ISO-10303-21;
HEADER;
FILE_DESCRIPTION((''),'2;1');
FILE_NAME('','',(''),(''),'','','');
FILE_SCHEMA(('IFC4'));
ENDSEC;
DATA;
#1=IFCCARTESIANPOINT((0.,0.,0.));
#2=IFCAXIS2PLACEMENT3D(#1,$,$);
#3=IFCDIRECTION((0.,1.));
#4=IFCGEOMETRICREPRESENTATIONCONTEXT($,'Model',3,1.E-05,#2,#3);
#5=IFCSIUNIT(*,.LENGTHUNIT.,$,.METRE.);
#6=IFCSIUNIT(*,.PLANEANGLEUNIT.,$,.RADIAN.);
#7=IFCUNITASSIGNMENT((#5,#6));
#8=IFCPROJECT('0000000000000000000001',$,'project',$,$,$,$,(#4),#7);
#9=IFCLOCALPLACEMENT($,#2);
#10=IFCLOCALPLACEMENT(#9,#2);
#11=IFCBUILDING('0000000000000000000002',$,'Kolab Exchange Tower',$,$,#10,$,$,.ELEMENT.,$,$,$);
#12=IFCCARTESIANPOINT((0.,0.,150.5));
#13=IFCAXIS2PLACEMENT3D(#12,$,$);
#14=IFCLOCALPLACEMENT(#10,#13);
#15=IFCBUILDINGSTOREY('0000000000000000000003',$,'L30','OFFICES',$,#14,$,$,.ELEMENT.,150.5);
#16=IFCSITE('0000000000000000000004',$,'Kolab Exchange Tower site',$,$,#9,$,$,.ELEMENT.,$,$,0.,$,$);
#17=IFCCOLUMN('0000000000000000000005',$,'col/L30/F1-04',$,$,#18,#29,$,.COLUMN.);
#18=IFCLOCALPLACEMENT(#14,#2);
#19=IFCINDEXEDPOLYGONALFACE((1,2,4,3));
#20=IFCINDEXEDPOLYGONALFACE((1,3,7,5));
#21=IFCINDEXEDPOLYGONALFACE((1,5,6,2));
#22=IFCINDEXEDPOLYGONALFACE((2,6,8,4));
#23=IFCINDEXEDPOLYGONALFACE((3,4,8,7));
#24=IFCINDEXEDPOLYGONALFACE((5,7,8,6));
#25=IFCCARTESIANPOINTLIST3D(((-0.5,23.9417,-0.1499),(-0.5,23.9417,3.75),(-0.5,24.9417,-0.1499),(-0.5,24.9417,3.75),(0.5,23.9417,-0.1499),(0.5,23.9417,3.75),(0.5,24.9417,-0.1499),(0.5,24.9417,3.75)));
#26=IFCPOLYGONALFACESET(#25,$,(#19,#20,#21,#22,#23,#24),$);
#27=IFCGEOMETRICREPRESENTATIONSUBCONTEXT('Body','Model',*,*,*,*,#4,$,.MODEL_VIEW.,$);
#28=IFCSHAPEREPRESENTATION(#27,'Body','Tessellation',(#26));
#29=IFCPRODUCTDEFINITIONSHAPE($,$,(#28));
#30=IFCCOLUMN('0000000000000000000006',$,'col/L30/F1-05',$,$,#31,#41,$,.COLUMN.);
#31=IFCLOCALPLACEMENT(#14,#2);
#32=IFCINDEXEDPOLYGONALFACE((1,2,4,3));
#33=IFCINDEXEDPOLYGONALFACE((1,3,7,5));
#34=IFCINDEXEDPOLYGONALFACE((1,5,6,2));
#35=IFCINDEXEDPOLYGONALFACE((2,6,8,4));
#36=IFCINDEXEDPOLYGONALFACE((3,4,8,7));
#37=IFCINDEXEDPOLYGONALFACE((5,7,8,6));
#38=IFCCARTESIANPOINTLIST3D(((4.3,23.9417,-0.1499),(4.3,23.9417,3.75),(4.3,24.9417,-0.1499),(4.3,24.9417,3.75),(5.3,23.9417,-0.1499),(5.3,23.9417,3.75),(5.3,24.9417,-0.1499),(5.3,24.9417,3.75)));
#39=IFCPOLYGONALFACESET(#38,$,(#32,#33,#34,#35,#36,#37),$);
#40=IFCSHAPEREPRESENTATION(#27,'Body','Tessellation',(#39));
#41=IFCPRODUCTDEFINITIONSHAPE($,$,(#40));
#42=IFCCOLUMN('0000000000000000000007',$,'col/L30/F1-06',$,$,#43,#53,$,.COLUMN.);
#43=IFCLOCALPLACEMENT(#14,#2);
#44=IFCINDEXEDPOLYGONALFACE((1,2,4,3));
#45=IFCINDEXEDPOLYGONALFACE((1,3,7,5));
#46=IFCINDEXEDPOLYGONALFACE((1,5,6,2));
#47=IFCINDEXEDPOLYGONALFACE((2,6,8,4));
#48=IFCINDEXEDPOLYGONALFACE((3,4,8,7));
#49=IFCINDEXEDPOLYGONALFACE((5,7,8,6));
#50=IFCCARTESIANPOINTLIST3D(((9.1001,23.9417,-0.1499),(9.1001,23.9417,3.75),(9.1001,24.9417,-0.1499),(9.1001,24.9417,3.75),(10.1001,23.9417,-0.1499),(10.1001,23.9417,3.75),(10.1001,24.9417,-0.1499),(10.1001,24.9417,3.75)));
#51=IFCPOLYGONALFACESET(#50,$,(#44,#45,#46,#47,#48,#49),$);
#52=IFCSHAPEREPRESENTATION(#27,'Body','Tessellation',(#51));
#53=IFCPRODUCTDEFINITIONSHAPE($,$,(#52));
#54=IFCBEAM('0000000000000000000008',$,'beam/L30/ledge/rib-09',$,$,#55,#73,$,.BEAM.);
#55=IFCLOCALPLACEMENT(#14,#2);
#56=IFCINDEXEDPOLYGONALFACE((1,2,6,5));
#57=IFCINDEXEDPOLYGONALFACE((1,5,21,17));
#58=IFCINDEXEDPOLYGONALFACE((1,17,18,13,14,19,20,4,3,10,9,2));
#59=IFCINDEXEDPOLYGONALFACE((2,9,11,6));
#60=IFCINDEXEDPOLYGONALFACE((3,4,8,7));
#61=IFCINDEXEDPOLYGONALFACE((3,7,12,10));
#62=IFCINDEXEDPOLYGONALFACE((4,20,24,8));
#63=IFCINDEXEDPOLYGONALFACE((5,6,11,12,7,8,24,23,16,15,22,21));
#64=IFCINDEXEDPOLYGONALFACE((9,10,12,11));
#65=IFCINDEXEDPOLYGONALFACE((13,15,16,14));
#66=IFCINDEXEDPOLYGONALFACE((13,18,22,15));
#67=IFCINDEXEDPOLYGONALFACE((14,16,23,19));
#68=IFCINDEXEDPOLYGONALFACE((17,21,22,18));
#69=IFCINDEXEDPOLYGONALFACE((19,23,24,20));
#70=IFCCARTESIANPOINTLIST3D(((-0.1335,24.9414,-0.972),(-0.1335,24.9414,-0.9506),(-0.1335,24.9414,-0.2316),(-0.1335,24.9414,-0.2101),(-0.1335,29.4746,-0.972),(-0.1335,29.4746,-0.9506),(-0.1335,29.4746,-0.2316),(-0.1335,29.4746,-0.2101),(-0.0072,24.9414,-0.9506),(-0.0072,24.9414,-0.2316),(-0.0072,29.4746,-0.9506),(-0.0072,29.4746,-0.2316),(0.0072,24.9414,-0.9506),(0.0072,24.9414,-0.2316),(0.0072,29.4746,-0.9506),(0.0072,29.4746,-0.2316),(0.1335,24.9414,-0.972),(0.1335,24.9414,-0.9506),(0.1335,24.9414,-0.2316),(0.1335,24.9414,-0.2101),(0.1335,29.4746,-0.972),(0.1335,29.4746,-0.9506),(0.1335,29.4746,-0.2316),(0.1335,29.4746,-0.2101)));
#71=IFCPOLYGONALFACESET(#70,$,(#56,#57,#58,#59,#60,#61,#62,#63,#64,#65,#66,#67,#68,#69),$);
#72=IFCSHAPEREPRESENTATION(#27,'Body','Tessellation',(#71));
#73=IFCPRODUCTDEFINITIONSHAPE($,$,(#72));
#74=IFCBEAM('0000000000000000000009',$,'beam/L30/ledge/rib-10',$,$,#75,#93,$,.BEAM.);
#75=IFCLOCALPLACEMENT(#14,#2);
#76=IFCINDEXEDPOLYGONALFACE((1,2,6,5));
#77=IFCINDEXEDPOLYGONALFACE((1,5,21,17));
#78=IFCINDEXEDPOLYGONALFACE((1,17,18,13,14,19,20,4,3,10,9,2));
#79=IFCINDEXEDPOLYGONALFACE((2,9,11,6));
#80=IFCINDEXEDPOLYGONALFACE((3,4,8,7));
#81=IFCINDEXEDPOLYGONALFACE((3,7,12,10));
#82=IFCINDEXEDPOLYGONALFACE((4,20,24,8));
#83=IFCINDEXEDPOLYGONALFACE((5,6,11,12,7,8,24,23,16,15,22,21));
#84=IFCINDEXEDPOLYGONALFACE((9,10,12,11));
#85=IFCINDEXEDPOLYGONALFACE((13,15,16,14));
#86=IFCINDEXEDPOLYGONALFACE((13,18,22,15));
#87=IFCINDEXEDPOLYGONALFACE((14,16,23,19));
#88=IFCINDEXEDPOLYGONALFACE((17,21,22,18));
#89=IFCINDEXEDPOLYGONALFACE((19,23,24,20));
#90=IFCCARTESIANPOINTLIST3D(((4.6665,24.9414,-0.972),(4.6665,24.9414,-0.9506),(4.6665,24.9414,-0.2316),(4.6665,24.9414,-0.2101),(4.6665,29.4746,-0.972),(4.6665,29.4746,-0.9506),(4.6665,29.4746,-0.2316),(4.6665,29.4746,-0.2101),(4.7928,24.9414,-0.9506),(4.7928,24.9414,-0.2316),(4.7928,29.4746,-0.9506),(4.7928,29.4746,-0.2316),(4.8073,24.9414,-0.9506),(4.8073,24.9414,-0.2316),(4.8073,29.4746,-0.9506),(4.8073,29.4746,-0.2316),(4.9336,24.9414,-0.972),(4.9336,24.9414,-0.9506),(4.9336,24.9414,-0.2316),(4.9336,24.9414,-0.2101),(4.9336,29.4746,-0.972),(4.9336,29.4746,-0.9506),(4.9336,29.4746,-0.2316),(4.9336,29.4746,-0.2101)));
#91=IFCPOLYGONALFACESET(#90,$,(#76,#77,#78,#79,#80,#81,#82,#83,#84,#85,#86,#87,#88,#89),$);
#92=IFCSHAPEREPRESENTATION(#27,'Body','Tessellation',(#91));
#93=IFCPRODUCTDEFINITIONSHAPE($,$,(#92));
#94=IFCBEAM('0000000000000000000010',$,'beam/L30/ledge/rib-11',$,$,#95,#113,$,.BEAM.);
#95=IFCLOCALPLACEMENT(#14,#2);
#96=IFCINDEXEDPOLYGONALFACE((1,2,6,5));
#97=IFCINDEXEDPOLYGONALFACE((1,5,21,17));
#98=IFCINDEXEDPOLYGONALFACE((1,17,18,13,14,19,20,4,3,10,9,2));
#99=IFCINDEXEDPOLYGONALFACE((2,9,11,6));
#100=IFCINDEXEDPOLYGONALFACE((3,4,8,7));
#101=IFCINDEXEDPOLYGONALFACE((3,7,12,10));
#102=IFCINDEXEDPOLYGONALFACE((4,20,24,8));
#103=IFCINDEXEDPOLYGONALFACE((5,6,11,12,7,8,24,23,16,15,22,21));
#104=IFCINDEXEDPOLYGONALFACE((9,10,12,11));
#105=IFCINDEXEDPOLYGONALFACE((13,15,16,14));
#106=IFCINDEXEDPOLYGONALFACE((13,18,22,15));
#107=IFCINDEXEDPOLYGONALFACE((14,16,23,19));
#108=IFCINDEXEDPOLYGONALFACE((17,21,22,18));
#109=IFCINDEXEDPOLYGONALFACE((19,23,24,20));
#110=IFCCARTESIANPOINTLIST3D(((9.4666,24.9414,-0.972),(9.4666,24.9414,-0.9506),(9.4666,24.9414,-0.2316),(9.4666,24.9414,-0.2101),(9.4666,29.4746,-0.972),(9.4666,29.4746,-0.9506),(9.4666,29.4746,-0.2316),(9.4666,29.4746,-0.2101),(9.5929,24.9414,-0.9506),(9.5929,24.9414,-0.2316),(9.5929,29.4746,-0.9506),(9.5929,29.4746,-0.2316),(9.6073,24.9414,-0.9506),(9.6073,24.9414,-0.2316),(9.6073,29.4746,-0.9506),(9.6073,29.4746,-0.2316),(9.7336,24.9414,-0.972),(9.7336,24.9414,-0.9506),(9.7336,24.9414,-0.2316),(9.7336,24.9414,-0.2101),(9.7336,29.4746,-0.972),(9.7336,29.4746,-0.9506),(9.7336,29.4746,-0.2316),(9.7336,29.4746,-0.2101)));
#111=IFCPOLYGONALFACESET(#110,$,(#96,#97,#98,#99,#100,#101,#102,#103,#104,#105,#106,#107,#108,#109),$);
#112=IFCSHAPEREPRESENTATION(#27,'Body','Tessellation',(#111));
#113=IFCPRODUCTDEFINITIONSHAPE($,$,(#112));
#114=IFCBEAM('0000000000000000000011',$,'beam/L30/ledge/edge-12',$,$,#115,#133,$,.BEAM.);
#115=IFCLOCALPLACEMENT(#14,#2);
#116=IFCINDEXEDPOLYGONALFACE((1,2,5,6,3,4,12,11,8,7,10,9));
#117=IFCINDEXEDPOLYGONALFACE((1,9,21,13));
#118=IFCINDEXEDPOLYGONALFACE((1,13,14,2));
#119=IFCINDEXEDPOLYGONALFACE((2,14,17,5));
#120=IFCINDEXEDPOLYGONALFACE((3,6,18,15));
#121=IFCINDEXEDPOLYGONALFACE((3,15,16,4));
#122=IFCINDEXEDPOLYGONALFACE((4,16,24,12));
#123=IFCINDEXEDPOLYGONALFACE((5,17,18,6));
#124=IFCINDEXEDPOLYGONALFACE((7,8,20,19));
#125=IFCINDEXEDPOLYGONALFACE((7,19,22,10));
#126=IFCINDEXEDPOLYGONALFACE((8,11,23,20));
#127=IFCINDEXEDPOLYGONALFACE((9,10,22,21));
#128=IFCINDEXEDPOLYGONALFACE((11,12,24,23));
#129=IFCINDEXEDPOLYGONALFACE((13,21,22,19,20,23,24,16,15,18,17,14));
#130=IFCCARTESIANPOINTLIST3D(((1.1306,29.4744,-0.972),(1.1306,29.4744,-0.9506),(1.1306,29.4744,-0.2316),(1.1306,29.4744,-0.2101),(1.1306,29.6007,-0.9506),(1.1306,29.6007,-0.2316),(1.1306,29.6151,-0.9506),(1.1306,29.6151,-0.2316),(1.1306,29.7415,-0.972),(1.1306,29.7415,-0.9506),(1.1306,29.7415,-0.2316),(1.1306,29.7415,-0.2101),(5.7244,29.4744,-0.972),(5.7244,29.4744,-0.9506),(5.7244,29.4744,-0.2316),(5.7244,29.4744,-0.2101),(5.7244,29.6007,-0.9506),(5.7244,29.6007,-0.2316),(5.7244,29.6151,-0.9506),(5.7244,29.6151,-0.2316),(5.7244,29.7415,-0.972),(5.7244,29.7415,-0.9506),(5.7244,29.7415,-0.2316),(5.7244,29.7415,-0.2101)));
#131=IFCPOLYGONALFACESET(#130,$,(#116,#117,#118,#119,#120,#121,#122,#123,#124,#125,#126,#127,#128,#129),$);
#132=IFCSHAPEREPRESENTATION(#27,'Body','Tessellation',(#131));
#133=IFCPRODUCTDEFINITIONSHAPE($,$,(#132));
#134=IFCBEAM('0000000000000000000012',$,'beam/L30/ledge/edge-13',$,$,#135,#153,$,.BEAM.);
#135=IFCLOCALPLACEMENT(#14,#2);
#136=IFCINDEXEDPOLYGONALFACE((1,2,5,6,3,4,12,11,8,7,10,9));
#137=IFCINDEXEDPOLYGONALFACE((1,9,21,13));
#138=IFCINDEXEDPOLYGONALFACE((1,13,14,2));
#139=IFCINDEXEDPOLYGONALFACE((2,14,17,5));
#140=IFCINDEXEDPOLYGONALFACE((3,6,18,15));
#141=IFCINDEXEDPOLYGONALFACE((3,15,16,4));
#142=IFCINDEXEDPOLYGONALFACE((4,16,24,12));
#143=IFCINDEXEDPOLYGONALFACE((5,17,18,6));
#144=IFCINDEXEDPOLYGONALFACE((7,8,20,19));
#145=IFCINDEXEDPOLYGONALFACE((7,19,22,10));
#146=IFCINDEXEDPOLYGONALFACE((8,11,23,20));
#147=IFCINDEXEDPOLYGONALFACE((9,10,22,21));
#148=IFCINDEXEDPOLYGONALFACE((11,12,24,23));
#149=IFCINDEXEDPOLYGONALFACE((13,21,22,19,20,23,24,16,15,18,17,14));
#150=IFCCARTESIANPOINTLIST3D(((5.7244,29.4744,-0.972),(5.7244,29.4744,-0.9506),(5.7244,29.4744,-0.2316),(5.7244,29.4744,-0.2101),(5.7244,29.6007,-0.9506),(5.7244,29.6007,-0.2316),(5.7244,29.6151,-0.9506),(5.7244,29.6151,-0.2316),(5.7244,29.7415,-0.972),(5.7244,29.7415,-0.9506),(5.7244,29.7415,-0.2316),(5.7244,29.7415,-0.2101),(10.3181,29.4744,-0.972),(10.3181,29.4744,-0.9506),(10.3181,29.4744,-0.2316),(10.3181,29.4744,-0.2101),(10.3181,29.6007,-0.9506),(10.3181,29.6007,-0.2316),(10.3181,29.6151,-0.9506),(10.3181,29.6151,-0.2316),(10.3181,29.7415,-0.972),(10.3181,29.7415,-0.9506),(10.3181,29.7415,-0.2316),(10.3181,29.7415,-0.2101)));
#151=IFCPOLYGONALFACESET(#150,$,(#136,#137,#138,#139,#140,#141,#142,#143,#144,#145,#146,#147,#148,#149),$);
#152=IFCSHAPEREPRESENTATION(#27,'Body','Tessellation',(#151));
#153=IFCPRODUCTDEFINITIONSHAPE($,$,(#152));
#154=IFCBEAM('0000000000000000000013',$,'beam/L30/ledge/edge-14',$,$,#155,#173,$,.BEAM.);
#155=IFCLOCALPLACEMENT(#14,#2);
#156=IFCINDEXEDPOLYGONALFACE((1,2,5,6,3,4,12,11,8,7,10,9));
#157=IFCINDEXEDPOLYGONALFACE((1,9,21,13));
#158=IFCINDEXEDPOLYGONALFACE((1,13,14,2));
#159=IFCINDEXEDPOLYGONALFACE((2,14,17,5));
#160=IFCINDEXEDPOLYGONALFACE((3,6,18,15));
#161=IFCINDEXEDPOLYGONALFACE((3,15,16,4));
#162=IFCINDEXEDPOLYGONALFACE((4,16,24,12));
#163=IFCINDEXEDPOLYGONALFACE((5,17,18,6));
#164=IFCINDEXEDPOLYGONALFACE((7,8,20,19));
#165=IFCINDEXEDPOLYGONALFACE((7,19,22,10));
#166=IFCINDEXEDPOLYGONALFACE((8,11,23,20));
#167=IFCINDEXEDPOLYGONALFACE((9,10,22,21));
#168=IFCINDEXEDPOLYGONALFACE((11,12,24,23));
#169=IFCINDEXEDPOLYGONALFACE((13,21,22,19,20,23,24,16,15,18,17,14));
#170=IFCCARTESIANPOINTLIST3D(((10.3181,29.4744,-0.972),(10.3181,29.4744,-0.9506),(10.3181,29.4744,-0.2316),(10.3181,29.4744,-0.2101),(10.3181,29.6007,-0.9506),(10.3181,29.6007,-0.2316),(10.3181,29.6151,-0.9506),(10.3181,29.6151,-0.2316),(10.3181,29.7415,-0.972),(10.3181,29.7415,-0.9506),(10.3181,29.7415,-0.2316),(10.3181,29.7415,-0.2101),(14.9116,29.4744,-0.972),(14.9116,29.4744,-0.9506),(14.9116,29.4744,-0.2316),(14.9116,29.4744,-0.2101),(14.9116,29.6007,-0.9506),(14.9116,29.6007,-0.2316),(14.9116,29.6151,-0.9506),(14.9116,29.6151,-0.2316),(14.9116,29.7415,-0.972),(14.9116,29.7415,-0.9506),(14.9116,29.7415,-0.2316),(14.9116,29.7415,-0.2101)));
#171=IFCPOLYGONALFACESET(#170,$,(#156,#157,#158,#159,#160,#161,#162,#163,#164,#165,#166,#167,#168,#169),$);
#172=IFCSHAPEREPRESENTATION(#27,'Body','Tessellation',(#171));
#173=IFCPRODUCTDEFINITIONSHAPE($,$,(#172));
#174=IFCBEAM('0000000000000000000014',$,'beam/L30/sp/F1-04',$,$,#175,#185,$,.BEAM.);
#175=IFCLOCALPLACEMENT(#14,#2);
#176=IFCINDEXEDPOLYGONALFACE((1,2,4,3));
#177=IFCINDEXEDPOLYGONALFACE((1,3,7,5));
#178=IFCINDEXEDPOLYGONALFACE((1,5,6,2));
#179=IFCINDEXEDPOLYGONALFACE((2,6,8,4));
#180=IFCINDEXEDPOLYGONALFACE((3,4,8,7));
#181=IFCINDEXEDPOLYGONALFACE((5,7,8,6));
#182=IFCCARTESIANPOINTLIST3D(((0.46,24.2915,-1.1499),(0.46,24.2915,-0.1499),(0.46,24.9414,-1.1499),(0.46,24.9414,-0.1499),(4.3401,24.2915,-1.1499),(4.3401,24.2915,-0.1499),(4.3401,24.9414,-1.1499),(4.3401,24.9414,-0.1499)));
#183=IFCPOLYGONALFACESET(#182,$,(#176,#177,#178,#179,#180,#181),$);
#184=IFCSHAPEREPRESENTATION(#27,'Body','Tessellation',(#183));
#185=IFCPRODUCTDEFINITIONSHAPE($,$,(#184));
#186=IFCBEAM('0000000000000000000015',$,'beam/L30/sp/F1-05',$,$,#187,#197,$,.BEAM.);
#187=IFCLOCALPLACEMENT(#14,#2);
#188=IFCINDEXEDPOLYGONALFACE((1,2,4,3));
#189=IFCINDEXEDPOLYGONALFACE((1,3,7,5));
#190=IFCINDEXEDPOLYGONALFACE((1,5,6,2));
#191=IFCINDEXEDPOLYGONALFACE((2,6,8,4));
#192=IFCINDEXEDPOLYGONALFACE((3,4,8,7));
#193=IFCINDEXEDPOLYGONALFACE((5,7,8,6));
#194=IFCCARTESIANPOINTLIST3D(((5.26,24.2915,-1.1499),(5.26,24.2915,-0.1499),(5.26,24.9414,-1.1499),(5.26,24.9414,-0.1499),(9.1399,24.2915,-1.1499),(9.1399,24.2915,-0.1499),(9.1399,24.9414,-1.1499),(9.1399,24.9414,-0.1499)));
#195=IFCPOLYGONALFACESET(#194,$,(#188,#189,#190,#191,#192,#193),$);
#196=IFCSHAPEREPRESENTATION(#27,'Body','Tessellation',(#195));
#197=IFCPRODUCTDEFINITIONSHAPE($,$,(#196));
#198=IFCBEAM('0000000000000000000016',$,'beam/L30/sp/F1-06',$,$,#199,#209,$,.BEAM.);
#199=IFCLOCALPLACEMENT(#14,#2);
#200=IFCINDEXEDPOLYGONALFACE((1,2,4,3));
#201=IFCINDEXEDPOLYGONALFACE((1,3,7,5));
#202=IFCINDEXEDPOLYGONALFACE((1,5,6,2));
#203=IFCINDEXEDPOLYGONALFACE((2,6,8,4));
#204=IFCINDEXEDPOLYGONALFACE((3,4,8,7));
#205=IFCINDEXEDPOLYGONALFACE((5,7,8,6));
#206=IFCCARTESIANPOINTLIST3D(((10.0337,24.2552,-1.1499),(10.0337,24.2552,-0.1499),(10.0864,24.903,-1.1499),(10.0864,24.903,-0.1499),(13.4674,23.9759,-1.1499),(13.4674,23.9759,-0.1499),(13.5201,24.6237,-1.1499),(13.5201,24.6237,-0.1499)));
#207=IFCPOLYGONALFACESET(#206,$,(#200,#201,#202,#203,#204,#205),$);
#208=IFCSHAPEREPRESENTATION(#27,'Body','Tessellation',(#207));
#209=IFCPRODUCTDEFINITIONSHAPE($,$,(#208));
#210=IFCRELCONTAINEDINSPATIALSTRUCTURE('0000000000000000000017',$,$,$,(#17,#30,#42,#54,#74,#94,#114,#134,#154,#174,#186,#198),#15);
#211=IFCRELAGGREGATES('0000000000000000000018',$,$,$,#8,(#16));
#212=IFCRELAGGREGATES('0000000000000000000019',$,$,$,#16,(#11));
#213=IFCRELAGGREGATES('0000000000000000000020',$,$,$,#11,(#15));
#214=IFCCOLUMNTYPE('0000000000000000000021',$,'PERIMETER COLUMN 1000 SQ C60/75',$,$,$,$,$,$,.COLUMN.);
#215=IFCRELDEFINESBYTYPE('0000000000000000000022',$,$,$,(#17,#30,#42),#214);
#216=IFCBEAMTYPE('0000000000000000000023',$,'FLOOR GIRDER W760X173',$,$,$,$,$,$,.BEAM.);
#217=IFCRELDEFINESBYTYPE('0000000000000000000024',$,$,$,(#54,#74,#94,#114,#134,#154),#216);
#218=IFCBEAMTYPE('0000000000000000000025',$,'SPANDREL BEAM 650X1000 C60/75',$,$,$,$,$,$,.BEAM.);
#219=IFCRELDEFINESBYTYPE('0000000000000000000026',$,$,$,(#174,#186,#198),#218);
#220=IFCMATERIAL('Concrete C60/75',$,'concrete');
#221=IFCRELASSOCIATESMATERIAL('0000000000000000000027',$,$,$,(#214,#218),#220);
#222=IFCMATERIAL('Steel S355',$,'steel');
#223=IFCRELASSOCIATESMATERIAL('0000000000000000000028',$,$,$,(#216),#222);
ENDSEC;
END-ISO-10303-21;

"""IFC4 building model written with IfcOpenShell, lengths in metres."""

from ifc_helpers import new_model, si_unit, direction, frame, origin, origin_2d, place, context, subcontext, project, spatial, rectangle, i_section, extrude, material, material_profile, profile_set, type_object, element, save


model = new_model("IFC4")

# Units and contexts
model_context = context("Model", 3, precision=1e-05, world=origin(), true_north=direction((0.0, 1.0)))
body_context = subcontext(model_context, "Body", "Model", "MODEL_VIEW")
ifc_project = project(units=[si_unit("LENGTHUNIT", "METRE"), si_unit("PLANEANGLEUNIT", "RADIAN")], contexts=[model_context])

# Site, building, storey
site_placement = place(None, origin())
site = spatial("IfcSite", under=ifc_project, at=site_placement, Name="Kolab Exchange Tower site", CompositionType="ELEMENT", RefElevation=0.0)
building_placement = place(site_placement, origin())
building = spatial("IfcBuilding", under=site, at=building_placement, Name="Kolab Exchange Tower", CompositionType="ELEMENT")
storey_placement = place(building_placement, frame((0.0, 0.0, 150.5)))
storey = spatial("IfcBuildingStorey", under=building, at=storey_placement, Name="L30", Description="OFFICES", CompositionType="ELEMENT", Elevation=150.5)

# Columns
ifc_material_1 = material(Name="Concrete C60/75", Category="concrete")
ifc_material_profile_1 = material_profile(ifc_material_1, rectangle(XDim=1.0, YDim=1.0, at=origin_2d()), Name="RC1000")
ifc_profile_set_1 = profile_set([ifc_material_profile_1], Name="Concrete C60/75")
column_type = type_object("IfcColumnType", Name="PERIMETER COLUMN 1000 SQ C60/75", PredefinedType="COLUMN", material=ifc_profile_set_1)
for number, where, z_axis, x_axis, name in (
    (1, (0.0, 24.4417, -0.1499), (0.0, 0.0, 1.0), (1.0, 0.0, 0.0), "col/L30/F1-04"),
    (2, (4.8, 24.4417, -0.1499), (0.0, 0.0, 1.0), (1.0, 0.0, 0.0), "col/L30/F1-05"),
    (3, (9.6001, 24.4417, -0.1499), (0.0, 0.0, 1.0), (1.0, 0.0, 0.0), "col/L30/F1-06"),
):
    element("IfcColumn", number, at=place(storey_placement, frame(where, z_axis=z_axis, x_axis=x_axis)), inside=storey, type_object=column_type, Name=name, PredefinedType="COLUMN", context=body_context, shape_type="SweptSolid", body=[
        extrude(rectangle(XDim=1.0, YDim=1.0, at=origin_2d()), origin(), (0.0, 0.0, 1.0), 3.8999),
    ])

# Beams
ifc_material_2 = material(Name="Steel S355", Category="steel")
ifc_material_profile_2 = material_profile(ifc_material_2, i_section(OverallWidth=0.2671, OverallDepth=0.762, WebThickness=0.0144, FlangeThickness=0.0215, at=origin_2d()), Name="W760X173")
ifc_profile_set_2 = profile_set([ifc_material_profile_2], Name="Steel S355")
beam_type_1 = type_object("IfcBeamType", Name="FLOOR GIRDER W760X173", PredefinedType="BEAM", material=ifc_profile_set_2)
for number, where, z_axis, x_axis, name in (
    (4, (0.0, 24.9414, -0.5911), (0.0, 1.0, 0.0), (-1.0, 0.0, 0.0), "beam/L30/ledge/rib-09"),
    (5, (4.8, 24.9414, -0.5911), (0.0, 1.0, 0.0), (-1.0, 0.0, 0.0), "beam/L30/ledge/rib-10"),
    (6, (9.6001, 24.9414, -0.5911), (0.0, 1.0, 0.0), (-1.0, 0.0, 0.0), "beam/L30/ledge/rib-11"),
):
    element("IfcBeam", number, at=place(storey_placement, frame(where, z_axis=z_axis, x_axis=x_axis)), inside=storey, type_object=beam_type_1, Name=name, PredefinedType="BEAM", context=body_context, shape_type="SweptSolid", body=[
        extrude(i_section(OverallWidth=0.2671, OverallDepth=0.762, WebThickness=0.0144, FlangeThickness=0.0215, at=origin_2d()), origin(), (0.0, 0.0, 1.0), 4.5332),
    ])
for number, where, z_axis, x_axis, name in (
    (7, (1.1306, 29.6079, -0.5911), (1.0, 0.0, 0.0), (0.0, 1.0, 0.0), "beam/L30/ledge/edge-12"),
    (8, (5.7244, 29.6079, -0.5911), (1.0, 0.0, 0.0), (0.0, 1.0, 0.0), "beam/L30/ledge/edge-13"),
):
    element("IfcBeam", number, at=place(storey_placement, frame(where, z_axis=z_axis, x_axis=x_axis)), inside=storey, type_object=beam_type_1, Name=name, PredefinedType="BEAM", context=body_context, shape_type="SweptSolid", body=[
        extrude(i_section(OverallWidth=0.2671, OverallDepth=0.762, WebThickness=0.0144, FlangeThickness=0.0215, at=origin_2d()), origin(), (0.0, 0.0, 1.0), 4.5938),
    ])
beam_1_placement = place(storey_placement, frame((10.3181, 29.6079, -0.5911), z_axis=(1.0, 0.0, 0.0), x_axis=(0.0, 1.0, 0.0)))
element("IfcBeam", 9, at=beam_1_placement, inside=storey, type_object=beam_type_1, Name="beam/L30/ledge/edge-14", PredefinedType="BEAM", context=body_context, shape_type="SweptSolid", body=[
    extrude(i_section(OverallWidth=0.2671, OverallDepth=0.762, WebThickness=0.0144, FlangeThickness=0.0215, at=origin_2d()), origin(), (0.0, 0.0, 1.0), 4.5935),
])
ifc_material_profile_3 = material_profile(ifc_material_1, rectangle(XDim=0.6499, YDim=1.0, at=origin_2d()), Name="RC650X1000")
ifc_profile_set_3 = profile_set([ifc_material_profile_3], Name="Concrete C60/75")
beam_type_2 = type_object("IfcBeamType", Name="SPANDREL BEAM 650X1000 C60/75", PredefinedType="BEAM", material=ifc_profile_set_3)
beam_2_placement = place(storey_placement, frame((0.46, 24.6165, -0.6499), z_axis=(1.0, 0.0, 0.0), x_axis=(0.0, 1.0, 0.0)))
element("IfcBeam", 10, at=beam_2_placement, inside=storey, type_object=beam_type_2, Name="beam/L30/sp/F1-04", PredefinedType="BEAM", context=body_context, shape_type="SweptSolid", body=[
    extrude(rectangle(XDim=0.6499, YDim=1.0, at=origin_2d()), origin(), (0.0, 0.0, 1.0), 3.8801),
])
beam_3_placement = place(storey_placement, frame((5.26, 24.6165, -0.6499), z_axis=(1.0, 0.0, 0.0), x_axis=(0.0, 1.0, 0.0)))
element("IfcBeam", 11, at=beam_3_placement, inside=storey, type_object=beam_type_2, Name="beam/L30/sp/F1-05", PredefinedType="BEAM", context=body_context, shape_type="SweptSolid", body=[
    extrude(rectangle(XDim=0.6499, YDim=1.0, at=origin_2d()), origin(), (0.0, 0.0, 1.0), 3.8799),
])
beam_4_placement = place(storey_placement, frame((10.0601, 24.5791, -0.6499), z_axis=(0.996708, -0.081069, 0.0), x_axis=(0.081069, 0.996708, 0.0)))
element("IfcBeam", 12, at=beam_4_placement, inside=storey, type_object=beam_type_2, Name="beam/L30/sp/F1-06", PredefinedType="BEAM", context=body_context, shape_type="SweptSolid", body=[
    extrude(rectangle(XDim=0.6499, YDim=1.0, at=origin_2d()), origin(), (0.0, 0.0, 1.0), 3.4451),
])

save(model, "model.ifc")
